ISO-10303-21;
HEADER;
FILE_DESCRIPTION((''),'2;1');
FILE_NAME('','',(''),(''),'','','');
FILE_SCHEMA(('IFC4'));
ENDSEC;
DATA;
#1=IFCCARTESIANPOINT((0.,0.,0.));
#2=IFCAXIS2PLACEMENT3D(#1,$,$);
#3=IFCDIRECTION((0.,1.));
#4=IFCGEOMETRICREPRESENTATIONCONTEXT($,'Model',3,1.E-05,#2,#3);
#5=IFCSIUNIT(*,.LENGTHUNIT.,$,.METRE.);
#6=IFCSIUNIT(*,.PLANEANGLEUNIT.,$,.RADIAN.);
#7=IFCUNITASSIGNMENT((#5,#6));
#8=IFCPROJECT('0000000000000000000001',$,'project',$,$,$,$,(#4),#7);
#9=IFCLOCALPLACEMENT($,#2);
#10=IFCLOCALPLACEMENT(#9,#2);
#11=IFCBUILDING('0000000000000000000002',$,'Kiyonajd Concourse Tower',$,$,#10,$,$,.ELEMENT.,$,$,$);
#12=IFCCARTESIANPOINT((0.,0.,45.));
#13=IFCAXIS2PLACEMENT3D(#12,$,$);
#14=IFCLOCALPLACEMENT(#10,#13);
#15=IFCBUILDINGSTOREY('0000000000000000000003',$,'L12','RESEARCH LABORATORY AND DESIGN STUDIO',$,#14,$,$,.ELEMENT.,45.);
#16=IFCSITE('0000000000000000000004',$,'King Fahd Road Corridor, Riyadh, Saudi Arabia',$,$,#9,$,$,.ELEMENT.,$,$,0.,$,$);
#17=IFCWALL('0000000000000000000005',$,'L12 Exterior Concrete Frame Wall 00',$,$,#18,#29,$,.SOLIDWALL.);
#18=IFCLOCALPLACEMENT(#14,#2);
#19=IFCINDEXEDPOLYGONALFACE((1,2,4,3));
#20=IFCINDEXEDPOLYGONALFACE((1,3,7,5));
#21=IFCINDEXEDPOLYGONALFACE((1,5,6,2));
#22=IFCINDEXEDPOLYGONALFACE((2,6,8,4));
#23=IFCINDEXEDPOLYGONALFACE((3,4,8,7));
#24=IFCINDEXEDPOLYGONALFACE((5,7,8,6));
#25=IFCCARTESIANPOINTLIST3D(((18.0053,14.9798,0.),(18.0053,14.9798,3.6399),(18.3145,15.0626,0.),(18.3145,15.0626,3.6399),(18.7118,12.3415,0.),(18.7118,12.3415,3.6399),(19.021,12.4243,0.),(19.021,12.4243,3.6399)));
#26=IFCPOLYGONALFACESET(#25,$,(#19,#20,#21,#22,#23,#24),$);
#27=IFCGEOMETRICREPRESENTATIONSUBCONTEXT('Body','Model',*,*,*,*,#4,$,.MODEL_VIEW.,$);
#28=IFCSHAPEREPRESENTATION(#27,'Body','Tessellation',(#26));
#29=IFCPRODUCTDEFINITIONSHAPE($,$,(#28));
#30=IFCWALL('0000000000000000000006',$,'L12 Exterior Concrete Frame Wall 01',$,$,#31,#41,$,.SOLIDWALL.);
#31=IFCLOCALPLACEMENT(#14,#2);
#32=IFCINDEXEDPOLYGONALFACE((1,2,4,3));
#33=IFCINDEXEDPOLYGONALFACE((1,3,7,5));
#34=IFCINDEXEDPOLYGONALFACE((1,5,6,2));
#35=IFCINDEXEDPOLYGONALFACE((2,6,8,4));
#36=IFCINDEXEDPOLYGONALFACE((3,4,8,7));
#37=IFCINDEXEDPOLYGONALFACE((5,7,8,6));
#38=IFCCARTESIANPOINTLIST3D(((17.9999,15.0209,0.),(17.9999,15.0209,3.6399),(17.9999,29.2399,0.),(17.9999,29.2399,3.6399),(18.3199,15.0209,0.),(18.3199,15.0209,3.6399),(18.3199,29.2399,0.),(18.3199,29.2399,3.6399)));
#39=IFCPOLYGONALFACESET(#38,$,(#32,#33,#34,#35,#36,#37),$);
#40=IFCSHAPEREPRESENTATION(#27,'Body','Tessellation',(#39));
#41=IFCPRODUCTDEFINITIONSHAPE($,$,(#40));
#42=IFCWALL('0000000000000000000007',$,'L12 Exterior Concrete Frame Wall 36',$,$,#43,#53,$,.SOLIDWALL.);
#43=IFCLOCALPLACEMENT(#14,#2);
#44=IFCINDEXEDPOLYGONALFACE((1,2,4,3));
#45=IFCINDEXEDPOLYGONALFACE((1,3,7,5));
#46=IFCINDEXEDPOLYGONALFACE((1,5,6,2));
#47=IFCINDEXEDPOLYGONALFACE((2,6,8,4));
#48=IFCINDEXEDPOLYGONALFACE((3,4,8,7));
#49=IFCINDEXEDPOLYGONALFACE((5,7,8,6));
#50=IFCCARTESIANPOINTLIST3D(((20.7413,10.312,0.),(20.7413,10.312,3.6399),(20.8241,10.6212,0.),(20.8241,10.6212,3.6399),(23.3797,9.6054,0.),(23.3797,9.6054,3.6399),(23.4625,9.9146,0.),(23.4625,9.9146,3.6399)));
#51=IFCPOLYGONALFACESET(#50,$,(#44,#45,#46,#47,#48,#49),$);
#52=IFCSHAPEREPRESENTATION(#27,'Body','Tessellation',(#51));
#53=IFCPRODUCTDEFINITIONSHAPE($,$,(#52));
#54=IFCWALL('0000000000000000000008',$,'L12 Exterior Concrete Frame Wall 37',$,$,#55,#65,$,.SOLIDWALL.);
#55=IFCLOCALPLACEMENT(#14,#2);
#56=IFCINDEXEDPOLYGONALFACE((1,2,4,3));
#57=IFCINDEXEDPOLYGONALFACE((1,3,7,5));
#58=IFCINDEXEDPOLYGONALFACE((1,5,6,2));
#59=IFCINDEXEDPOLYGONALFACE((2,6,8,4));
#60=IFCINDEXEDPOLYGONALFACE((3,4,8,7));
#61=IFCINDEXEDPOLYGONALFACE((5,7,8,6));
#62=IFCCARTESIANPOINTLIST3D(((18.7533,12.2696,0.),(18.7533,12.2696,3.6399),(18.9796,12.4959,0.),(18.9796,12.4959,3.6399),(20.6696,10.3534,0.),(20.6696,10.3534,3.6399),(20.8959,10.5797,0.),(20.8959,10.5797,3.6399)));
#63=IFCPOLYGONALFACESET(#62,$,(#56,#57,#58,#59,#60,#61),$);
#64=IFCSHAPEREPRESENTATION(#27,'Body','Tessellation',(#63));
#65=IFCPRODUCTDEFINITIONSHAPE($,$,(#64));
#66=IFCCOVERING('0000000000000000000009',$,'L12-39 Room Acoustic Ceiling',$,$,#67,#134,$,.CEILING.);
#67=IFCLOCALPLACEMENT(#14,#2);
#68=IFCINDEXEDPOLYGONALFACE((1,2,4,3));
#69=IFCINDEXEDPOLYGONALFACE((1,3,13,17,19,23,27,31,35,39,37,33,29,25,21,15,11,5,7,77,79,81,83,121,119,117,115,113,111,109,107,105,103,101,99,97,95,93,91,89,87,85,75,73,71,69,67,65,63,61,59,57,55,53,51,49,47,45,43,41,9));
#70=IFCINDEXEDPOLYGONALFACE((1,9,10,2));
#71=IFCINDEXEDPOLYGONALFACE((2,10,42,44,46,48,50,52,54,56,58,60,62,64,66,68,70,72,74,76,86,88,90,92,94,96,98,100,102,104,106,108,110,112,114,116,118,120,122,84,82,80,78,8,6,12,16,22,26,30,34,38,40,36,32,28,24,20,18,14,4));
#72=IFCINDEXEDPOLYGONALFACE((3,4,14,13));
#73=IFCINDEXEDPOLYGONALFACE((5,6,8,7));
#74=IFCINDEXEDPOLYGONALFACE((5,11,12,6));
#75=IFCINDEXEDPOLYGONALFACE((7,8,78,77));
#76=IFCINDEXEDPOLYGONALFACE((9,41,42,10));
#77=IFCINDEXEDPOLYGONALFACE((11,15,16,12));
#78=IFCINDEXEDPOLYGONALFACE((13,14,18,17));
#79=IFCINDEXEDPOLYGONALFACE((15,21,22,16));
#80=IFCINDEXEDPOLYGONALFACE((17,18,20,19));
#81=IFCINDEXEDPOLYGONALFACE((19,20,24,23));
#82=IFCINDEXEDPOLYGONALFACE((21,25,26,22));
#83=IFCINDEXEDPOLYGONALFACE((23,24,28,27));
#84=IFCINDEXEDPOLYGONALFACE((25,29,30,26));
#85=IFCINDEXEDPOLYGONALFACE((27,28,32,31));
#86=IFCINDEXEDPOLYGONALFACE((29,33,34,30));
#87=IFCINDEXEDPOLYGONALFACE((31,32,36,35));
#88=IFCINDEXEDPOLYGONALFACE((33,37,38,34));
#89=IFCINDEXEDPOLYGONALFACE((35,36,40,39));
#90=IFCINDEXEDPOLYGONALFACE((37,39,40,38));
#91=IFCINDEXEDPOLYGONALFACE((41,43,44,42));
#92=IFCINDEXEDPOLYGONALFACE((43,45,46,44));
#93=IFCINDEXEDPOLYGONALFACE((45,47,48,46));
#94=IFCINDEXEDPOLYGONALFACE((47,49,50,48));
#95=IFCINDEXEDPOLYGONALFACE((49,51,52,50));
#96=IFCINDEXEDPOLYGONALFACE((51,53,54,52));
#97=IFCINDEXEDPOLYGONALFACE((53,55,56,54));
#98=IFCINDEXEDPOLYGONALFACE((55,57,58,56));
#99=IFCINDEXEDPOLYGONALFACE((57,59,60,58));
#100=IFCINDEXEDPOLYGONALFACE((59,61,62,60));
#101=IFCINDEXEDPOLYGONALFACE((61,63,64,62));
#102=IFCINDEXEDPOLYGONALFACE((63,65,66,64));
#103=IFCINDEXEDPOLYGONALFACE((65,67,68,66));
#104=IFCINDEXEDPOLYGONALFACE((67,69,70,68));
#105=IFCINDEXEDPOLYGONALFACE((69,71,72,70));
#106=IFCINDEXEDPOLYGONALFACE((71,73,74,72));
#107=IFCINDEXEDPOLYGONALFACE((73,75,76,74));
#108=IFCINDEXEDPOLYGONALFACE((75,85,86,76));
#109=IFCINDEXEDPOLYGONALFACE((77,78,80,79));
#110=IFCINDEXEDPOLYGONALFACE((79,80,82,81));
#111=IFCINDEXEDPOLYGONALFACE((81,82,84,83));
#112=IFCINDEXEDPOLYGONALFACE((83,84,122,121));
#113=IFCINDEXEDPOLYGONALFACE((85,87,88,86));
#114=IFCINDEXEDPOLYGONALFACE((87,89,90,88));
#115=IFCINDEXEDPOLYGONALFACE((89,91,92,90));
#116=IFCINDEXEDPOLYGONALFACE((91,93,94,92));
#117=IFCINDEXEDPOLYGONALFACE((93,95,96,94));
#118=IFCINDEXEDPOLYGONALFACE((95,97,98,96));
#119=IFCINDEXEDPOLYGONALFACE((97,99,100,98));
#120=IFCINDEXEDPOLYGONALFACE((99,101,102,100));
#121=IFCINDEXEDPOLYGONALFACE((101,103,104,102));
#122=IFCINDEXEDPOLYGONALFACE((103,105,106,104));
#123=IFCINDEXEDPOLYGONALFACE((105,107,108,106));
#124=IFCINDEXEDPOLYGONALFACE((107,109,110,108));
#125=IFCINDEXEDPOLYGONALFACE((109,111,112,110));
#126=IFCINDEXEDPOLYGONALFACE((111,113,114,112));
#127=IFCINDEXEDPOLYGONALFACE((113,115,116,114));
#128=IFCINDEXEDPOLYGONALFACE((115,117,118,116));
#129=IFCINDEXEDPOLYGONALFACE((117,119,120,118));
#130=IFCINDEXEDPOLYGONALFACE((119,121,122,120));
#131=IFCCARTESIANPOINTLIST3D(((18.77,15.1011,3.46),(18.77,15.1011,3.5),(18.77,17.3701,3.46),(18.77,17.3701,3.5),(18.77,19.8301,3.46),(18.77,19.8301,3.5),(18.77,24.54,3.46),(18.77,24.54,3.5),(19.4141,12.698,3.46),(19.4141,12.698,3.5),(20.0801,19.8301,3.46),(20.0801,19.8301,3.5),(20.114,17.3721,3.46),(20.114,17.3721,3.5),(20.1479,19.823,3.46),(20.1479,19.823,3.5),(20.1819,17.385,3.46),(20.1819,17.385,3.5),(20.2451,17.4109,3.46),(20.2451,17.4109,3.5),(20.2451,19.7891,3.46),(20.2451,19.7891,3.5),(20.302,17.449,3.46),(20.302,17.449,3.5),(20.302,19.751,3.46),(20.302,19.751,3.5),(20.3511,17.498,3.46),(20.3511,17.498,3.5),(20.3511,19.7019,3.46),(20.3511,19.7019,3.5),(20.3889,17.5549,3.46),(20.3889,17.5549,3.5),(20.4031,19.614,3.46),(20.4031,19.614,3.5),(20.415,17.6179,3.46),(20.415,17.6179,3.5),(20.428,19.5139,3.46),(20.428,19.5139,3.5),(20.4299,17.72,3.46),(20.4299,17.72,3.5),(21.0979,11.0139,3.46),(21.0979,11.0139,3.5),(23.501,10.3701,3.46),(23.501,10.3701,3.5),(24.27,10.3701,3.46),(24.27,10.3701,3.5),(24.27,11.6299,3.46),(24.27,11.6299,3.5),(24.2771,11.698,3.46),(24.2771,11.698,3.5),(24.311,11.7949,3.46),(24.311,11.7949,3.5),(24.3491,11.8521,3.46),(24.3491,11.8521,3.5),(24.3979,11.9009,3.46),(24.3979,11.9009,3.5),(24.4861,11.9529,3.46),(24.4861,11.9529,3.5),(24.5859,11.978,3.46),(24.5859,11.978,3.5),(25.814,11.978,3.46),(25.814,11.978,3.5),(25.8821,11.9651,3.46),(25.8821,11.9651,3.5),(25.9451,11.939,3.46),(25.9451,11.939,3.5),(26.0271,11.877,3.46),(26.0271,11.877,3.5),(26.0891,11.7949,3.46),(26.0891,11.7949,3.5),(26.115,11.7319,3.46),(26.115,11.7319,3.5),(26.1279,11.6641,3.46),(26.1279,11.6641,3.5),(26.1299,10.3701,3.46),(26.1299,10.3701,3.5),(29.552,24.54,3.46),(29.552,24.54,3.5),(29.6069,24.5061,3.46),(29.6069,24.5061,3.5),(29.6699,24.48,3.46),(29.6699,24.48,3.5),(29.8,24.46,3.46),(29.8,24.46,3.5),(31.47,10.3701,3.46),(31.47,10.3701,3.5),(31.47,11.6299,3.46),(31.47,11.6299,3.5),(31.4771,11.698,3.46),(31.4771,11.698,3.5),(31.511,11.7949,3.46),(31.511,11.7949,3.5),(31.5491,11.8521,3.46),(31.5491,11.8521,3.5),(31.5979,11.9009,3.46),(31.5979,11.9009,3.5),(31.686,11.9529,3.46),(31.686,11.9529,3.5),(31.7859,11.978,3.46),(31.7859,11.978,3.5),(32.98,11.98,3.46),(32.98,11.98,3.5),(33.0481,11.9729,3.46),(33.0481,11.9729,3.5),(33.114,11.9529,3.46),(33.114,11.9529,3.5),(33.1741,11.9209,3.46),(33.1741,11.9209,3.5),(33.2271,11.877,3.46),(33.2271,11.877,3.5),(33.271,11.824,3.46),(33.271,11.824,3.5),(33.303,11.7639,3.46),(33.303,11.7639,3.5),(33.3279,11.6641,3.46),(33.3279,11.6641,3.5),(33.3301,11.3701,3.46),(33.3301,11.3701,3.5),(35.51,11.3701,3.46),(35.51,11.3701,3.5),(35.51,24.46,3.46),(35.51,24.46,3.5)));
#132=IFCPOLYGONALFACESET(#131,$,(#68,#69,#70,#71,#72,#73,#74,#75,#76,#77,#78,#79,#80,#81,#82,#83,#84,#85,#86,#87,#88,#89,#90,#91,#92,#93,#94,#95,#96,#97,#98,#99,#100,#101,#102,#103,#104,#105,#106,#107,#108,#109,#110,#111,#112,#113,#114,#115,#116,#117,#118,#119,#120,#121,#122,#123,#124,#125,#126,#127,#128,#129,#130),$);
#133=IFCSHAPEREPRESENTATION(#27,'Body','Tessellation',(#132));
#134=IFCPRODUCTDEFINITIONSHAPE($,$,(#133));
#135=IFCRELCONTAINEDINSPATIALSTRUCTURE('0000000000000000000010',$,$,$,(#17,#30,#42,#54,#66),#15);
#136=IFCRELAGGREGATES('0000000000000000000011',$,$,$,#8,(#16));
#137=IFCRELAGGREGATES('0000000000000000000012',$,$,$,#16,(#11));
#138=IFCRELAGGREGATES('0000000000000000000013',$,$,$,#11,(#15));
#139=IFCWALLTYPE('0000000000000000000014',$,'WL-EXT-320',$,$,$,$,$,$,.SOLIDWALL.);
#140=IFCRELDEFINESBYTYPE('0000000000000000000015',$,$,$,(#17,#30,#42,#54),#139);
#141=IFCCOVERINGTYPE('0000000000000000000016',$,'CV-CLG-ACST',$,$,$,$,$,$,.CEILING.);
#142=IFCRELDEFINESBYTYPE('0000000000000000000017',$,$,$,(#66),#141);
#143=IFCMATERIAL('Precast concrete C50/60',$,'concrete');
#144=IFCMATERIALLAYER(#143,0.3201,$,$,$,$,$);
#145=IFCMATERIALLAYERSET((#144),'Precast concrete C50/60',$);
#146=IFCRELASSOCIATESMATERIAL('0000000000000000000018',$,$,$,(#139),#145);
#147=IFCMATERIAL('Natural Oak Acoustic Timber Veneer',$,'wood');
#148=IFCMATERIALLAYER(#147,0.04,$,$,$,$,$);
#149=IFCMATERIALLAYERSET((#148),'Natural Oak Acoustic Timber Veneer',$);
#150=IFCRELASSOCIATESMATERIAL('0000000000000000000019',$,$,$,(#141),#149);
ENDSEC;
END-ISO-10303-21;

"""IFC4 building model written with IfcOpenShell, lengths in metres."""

from ifc_helpers import new_model, si_unit, direction, frame, frame_2d, origin, place, context, subcontext, project, spatial, polyline, rectangle, outline, extrude, material, layer, layer_set, type_object, element, save


model = new_model("IFC4")

# Units and contexts
model_context = context("Model", 3, precision=1e-05, world=origin(), true_north=direction((0.0, 1.0)))
body_context = subcontext(model_context, "Body", "Model", "MODEL_VIEW")
ifc_project = project(units=[si_unit("LENGTHUNIT", "METRE"), si_unit("PLANEANGLEUNIT", "RADIAN")], contexts=[model_context])

# Site, building, storey
site_placement = place(None, origin())
site = spatial("IfcSite", under=ifc_project, at=site_placement, Name="King Fahd Road Corridor, Riyadh, Saudi Arabia", CompositionType="ELEMENT", RefElevation=0.0)
building_placement = place(site_placement, origin())
building = spatial("IfcBuilding", under=site, at=building_placement, Name="Kiyonajd Concourse Tower", CompositionType="ELEMENT")
storey_placement = place(building_placement, frame((0.0, 0.0, 45.0)))
storey = spatial("IfcBuildingStorey", under=building, at=storey_placement, Name="L12", Description="RESEARCH LABORATORY AND DESIGN STUDIO", CompositionType="ELEMENT", Elevation=45.0)

# Shared definitions
ifc_material_1 = material(Name="Precast concrete C50/60", Category="concrete")

# Walls
ifc_layer_1 = layer(ifc_material_1, 0.3201)
ifc_layer_set_1 = layer_set([ifc_layer_1], Name="Precast concrete C50/60")
wall_type = type_object("IfcWallType", Name="WL-EXT-320", PredefinedType="SOLIDWALL", material=ifc_layer_set_1)
wall_1_placement = place(storey_placement, frame((18.8665, 12.3828, 0.0), z_axis=(0.0, 0.0, 1.0), x_axis=(-0.258697, 0.965958, 0.0)))
element("IfcWall", 1, at=wall_1_placement, inside=storey, type_object=wall_type, Name="L12 Exterior Concrete Frame Wall 00", PredefinedType="SOLIDWALL", context=body_context, shape_type="SweptSolid", body=[
    extrude(rectangle(XDim=2.7312, YDim=0.3201, at=frame_2d((1.3657, 0.0))), origin(), (0.0, 0.0, 1.0), 3.6399),
])
wall_2_placement = place(storey_placement, frame((18.1599, 15.021, 0.0), z_axis=(0.0, 0.0, 1.0), x_axis=(0.0, 1.0, 0.0)))
element("IfcWall", 2, at=wall_2_placement, inside=storey, type_object=wall_type, Name="L12 Exterior Concrete Frame Wall 01", PredefinedType="SOLIDWALL", context=body_context, shape_type="SweptSolid", body=[
    extrude(rectangle(XDim=14.219, YDim=0.3201, at=frame_2d((7.1094, 0.0))), origin(), (0.0, 0.0, 1.0), 3.6399),
])
wall_3_placement = place(storey_placement, frame((23.4211, 9.76, 0.0), z_axis=(0.0, 0.0, 1.0), x_axis=(-0.965964, 0.258675, 0.0)))
element("IfcWall", 3, at=wall_3_placement, inside=storey, type_object=wall_type, Name="L12 Exterior Concrete Frame Wall 36", PredefinedType="SOLIDWALL", context=body_context, shape_type="SweptSolid", body=[
    extrude(rectangle(XDim=2.7314, YDim=0.3201, at=frame_2d((1.3657, 0.0))), origin(), (0.0, 0.0, 1.0), 3.6399),
])
wall_4_placement = place(storey_placement, frame((20.7827, 10.4666, 0.0), z_axis=(0.0, 0.0, 1.0), x_axis=(-0.707107, 0.707107, 0.0)))
element("IfcWall", 4, at=wall_4_placement, inside=storey, type_object=wall_type, Name="L12 Exterior Concrete Frame Wall 37", PredefinedType="SOLIDWALL", context=body_context, shape_type="SweptSolid", body=[
    extrude(rectangle(XDim=2.71, YDim=0.3201, at=frame_2d((1.355, 0.0))), origin(), (0.0, 0.0, 1.0), 3.6399),
])

# Covering
ifc_material_2 = material(Name="Natural Oak Acoustic Timber Veneer", Category="wood")
ifc_layer_2 = layer(ifc_material_2, 0.04)
ifc_layer_set_2 = layer_set([ifc_layer_2], Name="Natural Oak Acoustic Timber Veneer")
covering_type = type_object("IfcCoveringType", Name="CV-CLG-ACST", PredefinedType="CEILING", material=ifc_layer_set_2)
covering_1_placement = place(storey_placement, frame((0.0, 0.0, 3.46)))
element("IfcCovering", 5, at=covering_1_placement, inside=storey, type_object=covering_type, Name="L12-39 Room Acoustic Ceiling", PredefinedType="CEILING", context=body_context, shape_type="SweptSolid", body=[
    extrude(outline(polyline([(19.4141, 12.698), (18.77, 15.1011), (18.77, 17.3701), (20.114, 17.3721), (20.1819, 17.385), (20.2451, 17.4109), (20.302, 17.449), (20.3511, 17.498), (20.3889, 17.5549), (20.415, 17.6179), (20.4299, 17.72), (20.428, 19.5139), (20.4031, 19.614), (20.3511, 19.7019), (20.302, 19.751), (20.2451, 19.7891), (20.1479, 19.823), (20.0801, 19.8301), (18.77, 19.8301), (18.77, 24.54), (29.552, 24.54), (29.6069, 24.5061), (29.6699, 24.48), (29.8, 24.46), (35.51, 24.46), (35.51, 11.3701), (33.3301, 11.3701), (33.3279, 11.6641), (33.303, 11.7639), (33.271, 11.824), (33.2271, 11.877), (33.1741, 11.9209), (33.114, 11.9529), (33.0481, 11.9729), (32.98, 11.98), (31.7859, 11.978), (31.686, 11.9529), (31.5979, 11.9009), (31.5491, 11.8521), (31.511, 11.7949), (31.4771, 11.698), (31.47, 11.6299), (31.47, 10.3701), (26.1299, 10.3701), (26.1279, 11.6641), (26.115, 11.7319), (26.0891, 11.7949), (26.0271, 11.877), (25.9451, 11.939), (25.8821, 11.9651), (25.814, 11.978), (24.5859, 11.978), (24.4861, 11.9529), (24.3979, 11.9009), (24.3491, 11.8521), (24.311, 11.7949), (24.2771, 11.698), (24.27, 11.6299), (24.27, 10.3701), (23.501, 10.3701), (21.0979, 11.0139), (19.4141, 12.698)])), origin(), (0.0, 0.0, 1.0), 0.04),
])

save(model, "model.ifc")
